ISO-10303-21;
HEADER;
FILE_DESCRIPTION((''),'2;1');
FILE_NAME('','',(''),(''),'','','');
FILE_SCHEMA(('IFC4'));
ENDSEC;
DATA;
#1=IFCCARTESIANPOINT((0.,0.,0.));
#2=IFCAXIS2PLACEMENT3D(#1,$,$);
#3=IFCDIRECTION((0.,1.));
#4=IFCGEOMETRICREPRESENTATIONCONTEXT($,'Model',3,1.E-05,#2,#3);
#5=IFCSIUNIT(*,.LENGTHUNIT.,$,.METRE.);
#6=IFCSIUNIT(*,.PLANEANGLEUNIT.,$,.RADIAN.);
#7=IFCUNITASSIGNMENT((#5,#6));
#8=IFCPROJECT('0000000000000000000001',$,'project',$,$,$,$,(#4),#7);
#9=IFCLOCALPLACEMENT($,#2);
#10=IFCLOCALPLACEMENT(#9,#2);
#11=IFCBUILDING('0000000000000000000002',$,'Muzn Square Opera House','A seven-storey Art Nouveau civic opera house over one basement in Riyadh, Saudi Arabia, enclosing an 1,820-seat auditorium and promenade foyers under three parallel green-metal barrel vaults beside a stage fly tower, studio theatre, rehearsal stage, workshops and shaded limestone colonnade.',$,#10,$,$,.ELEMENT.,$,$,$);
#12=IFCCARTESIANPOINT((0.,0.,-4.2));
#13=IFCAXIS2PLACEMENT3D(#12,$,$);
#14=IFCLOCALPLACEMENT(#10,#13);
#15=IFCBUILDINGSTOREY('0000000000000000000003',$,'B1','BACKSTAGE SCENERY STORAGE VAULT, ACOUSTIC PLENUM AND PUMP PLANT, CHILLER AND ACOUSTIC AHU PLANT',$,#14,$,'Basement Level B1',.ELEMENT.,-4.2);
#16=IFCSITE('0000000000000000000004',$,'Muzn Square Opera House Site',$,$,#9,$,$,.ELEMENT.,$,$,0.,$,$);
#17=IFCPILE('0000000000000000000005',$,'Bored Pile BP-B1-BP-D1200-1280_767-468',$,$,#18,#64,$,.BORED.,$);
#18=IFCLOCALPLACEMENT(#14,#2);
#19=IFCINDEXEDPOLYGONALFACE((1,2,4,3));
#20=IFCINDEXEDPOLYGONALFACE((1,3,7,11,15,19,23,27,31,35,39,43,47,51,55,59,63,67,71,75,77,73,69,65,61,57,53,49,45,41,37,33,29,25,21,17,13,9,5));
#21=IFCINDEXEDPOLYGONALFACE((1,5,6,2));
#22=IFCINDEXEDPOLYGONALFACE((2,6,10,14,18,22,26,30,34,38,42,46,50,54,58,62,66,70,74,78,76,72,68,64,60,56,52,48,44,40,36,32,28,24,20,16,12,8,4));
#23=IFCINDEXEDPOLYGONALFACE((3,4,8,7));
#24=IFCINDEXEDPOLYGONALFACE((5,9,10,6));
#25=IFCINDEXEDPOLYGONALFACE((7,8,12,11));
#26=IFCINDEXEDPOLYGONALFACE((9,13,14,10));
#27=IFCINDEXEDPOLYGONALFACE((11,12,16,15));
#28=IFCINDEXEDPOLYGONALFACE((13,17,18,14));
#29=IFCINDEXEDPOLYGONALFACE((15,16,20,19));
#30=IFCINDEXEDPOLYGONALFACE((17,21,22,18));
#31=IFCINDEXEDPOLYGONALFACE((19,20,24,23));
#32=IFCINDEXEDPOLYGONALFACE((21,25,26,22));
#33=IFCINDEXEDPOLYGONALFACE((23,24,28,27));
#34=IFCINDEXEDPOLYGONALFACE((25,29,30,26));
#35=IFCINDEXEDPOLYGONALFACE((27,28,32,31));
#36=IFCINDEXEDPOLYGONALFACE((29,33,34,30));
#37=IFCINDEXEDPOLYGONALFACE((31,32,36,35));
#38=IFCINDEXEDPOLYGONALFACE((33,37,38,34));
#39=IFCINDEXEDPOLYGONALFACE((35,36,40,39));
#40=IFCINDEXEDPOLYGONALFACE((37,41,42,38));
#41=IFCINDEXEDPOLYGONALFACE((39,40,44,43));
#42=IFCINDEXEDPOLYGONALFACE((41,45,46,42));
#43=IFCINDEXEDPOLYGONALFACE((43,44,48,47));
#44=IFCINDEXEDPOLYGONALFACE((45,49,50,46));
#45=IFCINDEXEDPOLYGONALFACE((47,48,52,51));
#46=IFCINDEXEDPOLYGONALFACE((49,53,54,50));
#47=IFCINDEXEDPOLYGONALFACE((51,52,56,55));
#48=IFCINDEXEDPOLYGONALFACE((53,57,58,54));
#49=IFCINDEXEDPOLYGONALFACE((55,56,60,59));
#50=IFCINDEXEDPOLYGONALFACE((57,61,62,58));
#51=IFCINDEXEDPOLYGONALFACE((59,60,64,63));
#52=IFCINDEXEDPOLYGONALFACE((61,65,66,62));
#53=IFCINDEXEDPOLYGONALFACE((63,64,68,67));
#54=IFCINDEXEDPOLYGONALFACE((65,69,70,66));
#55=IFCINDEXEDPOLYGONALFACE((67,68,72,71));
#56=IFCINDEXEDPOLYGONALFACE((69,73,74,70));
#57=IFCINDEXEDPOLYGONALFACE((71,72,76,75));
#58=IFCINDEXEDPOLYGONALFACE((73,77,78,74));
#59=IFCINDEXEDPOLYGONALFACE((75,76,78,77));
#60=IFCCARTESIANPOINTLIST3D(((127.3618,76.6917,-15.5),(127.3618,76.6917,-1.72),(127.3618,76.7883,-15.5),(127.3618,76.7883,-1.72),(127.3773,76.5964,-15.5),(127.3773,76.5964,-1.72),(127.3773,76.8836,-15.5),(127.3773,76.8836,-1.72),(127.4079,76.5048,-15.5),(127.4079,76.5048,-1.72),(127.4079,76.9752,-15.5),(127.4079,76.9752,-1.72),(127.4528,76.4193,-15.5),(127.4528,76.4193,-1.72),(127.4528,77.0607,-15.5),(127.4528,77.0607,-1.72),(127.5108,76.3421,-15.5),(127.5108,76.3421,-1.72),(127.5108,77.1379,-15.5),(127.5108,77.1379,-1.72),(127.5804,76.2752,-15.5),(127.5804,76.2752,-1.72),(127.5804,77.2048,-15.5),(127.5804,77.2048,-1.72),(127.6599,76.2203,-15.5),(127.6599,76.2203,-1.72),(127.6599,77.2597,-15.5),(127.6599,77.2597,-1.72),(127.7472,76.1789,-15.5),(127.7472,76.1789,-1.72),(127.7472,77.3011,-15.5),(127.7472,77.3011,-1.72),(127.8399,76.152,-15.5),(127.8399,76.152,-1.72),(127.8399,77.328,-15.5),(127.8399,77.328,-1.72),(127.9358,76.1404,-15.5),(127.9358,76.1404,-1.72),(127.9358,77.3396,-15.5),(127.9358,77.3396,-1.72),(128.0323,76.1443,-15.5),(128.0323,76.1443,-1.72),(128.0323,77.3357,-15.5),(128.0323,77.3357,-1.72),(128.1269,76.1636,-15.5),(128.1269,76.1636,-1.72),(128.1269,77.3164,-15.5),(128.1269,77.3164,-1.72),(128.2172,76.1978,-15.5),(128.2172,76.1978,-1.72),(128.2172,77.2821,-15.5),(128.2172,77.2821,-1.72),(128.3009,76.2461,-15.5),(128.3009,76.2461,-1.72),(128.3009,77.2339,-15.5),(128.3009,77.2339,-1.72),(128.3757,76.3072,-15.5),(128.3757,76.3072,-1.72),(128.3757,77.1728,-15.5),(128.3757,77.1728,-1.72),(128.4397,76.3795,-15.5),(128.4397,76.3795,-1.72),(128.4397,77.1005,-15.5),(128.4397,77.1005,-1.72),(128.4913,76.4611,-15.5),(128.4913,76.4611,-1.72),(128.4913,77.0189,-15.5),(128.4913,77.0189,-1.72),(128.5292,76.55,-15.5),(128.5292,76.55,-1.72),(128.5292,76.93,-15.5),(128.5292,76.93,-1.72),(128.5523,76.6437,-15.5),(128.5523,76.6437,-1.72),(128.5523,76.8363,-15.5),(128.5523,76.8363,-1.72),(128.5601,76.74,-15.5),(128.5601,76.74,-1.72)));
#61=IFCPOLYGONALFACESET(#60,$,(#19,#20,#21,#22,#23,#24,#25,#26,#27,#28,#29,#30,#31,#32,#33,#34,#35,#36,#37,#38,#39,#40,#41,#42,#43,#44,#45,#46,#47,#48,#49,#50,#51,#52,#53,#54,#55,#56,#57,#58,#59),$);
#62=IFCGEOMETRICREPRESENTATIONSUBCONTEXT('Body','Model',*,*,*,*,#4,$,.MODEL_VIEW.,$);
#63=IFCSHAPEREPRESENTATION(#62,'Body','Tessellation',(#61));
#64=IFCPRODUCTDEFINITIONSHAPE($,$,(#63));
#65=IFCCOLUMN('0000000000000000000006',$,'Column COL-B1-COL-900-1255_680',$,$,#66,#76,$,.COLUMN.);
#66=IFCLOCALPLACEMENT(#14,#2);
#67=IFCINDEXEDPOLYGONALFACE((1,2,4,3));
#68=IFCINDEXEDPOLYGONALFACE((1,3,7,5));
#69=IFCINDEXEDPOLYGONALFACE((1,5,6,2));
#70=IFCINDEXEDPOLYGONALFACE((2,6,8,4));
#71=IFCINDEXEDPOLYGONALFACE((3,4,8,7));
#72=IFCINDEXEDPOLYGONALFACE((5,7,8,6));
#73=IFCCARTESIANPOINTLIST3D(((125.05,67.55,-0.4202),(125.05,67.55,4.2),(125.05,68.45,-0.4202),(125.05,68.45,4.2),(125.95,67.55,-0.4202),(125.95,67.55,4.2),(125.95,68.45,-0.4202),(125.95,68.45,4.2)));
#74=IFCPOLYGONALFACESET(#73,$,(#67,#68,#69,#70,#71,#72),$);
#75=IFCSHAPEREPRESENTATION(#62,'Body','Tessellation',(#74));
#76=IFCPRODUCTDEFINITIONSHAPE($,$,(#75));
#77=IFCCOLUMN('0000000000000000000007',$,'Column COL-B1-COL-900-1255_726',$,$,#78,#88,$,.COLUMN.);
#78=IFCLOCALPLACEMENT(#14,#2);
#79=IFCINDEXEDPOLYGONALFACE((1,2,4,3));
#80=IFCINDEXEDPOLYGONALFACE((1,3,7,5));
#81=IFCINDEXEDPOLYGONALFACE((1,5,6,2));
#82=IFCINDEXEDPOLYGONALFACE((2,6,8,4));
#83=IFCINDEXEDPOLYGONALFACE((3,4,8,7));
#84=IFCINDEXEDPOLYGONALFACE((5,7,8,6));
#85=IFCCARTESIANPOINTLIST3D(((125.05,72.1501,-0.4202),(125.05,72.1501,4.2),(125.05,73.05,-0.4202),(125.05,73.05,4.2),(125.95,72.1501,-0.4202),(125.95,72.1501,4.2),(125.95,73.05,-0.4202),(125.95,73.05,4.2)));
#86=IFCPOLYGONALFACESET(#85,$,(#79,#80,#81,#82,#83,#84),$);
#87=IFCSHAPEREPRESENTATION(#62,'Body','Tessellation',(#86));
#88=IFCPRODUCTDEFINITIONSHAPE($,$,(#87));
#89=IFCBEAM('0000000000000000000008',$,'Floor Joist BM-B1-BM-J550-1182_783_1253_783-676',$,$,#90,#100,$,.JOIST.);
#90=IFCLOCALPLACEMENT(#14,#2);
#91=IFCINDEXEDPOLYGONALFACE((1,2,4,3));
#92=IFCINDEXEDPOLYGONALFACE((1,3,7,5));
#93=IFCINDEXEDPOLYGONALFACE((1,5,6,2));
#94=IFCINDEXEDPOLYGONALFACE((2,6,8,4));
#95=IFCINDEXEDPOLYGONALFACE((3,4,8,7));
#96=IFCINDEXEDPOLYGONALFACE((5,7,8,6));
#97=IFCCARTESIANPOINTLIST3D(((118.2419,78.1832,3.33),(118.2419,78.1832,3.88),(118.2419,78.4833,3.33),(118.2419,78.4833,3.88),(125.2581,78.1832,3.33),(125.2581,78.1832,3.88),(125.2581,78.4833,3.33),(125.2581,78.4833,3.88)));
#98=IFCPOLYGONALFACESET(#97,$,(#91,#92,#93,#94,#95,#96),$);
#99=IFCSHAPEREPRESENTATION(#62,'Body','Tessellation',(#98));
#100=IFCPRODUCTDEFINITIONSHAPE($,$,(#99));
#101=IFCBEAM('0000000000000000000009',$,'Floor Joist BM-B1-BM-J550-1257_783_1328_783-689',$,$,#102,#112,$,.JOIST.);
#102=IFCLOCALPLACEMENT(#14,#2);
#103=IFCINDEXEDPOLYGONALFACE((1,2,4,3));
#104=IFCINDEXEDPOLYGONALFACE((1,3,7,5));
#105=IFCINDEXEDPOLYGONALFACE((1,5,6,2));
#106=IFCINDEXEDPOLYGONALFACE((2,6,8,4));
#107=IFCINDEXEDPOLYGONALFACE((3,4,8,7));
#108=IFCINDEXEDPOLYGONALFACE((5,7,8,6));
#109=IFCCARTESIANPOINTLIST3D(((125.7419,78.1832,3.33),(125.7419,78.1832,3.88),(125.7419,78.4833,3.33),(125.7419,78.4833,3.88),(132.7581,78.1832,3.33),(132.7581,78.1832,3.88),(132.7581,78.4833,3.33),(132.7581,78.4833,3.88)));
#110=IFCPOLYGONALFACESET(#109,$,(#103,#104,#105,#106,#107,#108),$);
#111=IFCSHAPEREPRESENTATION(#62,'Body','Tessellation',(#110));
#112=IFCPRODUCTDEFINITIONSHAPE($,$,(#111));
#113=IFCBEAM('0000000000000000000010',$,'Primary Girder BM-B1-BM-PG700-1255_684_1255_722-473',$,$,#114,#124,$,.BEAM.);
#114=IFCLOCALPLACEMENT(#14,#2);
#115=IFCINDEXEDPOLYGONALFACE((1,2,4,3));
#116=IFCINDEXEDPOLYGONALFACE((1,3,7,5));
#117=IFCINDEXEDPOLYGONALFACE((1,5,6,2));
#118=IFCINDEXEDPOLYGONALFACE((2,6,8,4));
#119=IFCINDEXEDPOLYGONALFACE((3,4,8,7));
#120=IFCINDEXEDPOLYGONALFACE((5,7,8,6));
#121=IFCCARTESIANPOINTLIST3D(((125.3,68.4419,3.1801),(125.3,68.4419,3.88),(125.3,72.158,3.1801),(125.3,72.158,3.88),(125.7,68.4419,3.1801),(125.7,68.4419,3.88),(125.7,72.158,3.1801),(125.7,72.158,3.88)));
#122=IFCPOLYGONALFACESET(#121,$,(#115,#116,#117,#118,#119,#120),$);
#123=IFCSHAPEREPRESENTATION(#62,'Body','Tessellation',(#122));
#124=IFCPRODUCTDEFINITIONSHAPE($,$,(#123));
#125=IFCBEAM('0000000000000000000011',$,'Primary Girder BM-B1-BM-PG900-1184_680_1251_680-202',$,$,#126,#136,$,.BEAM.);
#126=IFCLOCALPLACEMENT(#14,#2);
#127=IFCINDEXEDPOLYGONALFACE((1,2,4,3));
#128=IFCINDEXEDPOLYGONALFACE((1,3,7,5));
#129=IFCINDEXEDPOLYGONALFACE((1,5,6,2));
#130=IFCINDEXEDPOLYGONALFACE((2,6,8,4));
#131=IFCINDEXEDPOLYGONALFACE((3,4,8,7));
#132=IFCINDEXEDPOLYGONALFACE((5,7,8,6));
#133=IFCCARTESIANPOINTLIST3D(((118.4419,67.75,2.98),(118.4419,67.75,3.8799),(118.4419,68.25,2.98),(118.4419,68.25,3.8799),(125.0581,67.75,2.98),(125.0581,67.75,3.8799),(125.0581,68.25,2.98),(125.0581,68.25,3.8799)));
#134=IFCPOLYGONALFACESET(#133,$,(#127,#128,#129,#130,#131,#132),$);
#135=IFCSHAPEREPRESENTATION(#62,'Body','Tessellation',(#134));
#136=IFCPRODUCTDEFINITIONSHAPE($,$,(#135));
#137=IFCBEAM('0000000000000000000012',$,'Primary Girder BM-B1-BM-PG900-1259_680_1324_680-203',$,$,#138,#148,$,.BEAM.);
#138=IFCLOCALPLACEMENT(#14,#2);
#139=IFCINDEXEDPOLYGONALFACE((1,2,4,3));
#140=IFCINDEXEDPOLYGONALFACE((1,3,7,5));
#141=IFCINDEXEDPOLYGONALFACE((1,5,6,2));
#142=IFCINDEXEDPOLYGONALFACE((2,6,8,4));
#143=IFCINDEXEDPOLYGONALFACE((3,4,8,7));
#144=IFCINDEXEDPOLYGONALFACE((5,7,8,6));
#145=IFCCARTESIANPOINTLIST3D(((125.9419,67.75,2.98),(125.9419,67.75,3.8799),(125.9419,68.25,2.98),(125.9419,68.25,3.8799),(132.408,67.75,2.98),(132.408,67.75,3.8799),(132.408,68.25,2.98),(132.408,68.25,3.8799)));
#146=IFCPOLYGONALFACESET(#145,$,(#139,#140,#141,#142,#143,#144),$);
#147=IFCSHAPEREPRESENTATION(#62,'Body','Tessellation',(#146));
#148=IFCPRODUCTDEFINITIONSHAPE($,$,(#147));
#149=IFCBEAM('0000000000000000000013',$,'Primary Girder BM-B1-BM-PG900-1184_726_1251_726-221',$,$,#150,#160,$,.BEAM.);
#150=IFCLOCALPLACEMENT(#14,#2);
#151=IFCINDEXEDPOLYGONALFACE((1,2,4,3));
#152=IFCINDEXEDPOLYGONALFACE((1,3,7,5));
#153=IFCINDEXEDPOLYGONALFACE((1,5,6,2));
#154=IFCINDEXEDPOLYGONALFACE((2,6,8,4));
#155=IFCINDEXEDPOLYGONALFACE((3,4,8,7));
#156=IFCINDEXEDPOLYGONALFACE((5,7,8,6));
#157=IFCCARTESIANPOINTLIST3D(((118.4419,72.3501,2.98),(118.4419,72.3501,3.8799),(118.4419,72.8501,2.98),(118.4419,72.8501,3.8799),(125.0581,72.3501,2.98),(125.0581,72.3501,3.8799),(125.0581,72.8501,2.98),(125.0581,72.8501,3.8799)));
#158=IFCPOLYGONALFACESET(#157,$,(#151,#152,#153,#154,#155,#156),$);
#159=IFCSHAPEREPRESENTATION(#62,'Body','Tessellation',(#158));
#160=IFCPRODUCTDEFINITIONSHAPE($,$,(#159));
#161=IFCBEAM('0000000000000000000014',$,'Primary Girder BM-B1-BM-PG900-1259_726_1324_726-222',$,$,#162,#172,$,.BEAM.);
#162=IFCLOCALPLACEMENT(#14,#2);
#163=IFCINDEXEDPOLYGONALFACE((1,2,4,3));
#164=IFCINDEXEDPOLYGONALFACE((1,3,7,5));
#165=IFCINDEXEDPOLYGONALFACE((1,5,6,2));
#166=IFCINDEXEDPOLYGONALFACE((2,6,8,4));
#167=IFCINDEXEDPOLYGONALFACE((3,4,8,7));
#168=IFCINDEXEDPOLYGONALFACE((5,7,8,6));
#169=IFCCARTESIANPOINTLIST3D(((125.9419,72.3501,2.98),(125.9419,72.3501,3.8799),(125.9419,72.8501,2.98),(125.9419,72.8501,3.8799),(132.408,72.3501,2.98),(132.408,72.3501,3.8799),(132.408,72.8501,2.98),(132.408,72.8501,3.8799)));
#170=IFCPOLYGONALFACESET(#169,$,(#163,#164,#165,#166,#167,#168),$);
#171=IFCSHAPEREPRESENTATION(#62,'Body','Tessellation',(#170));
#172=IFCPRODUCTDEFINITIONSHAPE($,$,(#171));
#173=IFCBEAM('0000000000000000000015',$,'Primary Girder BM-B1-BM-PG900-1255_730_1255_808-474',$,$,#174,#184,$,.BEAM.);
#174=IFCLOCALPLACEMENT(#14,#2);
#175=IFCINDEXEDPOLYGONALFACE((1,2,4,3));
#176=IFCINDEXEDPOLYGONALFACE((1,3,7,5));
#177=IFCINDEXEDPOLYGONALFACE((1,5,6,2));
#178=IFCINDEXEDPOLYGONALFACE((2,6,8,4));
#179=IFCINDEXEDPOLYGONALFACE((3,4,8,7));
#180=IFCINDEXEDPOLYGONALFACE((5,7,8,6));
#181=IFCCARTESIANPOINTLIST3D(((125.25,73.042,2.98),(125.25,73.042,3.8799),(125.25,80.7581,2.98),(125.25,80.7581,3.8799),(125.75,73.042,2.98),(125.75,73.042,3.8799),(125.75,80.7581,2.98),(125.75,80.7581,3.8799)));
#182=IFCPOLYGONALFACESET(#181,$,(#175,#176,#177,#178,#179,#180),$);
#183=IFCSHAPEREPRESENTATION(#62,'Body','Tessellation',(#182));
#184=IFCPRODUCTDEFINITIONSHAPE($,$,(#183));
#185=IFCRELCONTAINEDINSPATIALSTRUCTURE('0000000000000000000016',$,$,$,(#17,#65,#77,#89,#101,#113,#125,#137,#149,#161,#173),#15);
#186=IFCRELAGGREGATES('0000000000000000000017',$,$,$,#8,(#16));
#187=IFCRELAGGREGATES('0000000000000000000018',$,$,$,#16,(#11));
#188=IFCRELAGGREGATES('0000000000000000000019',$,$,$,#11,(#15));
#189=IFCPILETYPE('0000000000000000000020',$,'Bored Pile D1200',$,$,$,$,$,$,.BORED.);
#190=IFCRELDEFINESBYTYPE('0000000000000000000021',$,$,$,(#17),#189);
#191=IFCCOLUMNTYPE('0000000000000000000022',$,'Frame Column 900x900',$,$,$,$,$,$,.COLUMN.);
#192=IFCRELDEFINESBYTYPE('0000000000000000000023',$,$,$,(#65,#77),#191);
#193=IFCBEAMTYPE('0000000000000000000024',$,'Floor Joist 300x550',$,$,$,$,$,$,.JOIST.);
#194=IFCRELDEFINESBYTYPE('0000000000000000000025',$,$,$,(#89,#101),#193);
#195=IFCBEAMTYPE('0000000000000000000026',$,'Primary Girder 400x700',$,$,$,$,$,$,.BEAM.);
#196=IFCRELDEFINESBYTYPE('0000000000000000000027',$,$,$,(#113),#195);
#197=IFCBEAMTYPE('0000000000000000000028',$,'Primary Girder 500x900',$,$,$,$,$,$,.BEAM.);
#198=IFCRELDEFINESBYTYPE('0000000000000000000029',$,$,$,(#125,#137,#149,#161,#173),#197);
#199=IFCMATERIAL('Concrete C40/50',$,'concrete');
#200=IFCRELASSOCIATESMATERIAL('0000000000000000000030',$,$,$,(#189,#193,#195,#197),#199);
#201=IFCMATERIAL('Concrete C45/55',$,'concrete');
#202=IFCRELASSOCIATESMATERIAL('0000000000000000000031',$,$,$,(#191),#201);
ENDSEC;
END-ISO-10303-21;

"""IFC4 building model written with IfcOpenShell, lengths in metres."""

from ifc_helpers import new_model, si_unit, direction, frame, origin, origin_2d, place, context, subcontext, project, spatial, rectangle, circle, extrude, material, material_profile, profile_set, type_object, element, save


model = new_model("IFC4")

# Units and contexts
model_context = context("Model", 3, precision=1e-05, world=origin(), true_north=direction((0.0, 1.0)))
body_context = subcontext(model_context, "Body", "Model", "MODEL_VIEW")
ifc_project = project(units=[si_unit("LENGTHUNIT", "METRE"), si_unit("PLANEANGLEUNIT", "RADIAN")], contexts=[model_context])

# Site, building, storey
site_placement = place(None, origin())
site = spatial("IfcSite", under=ifc_project, at=site_placement, Name="Muzn Square Opera House Site", CompositionType="ELEMENT", RefElevation=0.0)
building_placement = place(site_placement, origin())
building = spatial("IfcBuilding", under=site, at=building_placement, Name="Muzn Square Opera House", Description="A seven-storey Art Nouveau civic opera house over one basement in Riyadh, Saudi Arabia, enclosing an 1,820-seat auditorium and promenade foyers under three parallel green-metal barrel vaults beside a stage fly tower, studio theatre, rehearsal stage, workshops and shaded limestone colonnade.", CompositionType="ELEMENT")
storey_placement = place(building_placement, frame((0.0, 0.0, -4.2)))
storey = spatial("IfcBuildingStorey", under=building, at=storey_placement, Name="B1", Description="BACKSTAGE SCENERY STORAGE VAULT, ACOUSTIC PLENUM AND PUMP PLANT, CHILLER AND ACOUSTIC AHU PLANT", LongName="Basement Level B1", CompositionType="ELEMENT", Elevation=-4.2)

# Pile
ifc_material_1 = material(Name="Concrete C40/50", Category="concrete")
ifc_material_profile_1 = material_profile(ifc_material_1, circle(Radius=0.6001, at=origin_2d()), Name="BORED PILE D1200", Category="concrete")
ifc_profile_set_1 = profile_set([ifc_material_profile_1], Name="Concrete C40/50")
pile_type = type_object("IfcPileType", Name="Bored Pile D1200", PredefinedType="BORED", material=ifc_profile_set_1)
for number, where, z_axis, x_axis, name in (
    (1, (127.96, 76.74, -1.72), (0.0, 0.0, -1.0), (1.0, 0.0, 0.0), "Bored Pile BP-B1-BP-D1200-1280_767-468"),
):
    element("IfcPile", number, at=place(storey_placement, frame(where, z_axis=z_axis, x_axis=x_axis)), inside=storey, type_object=pile_type, Name=name, PredefinedType="BORED", context=body_context, shape_type="SweptSolid", body=[
        extrude(circle(Radius=0.6001, at=origin_2d()), origin(), (0.0, 0.0, 1.0), 13.78),
    ])

# Columns
ifc_material_2 = material(Name="Concrete C45/55", Category="concrete")
ifc_material_profile_2 = material_profile(ifc_material_2, rectangle(XDim=0.8999, YDim=0.8999, at=origin_2d()), Name="RC 900x900", Category="concrete")
ifc_profile_set_2 = profile_set([ifc_material_profile_2], Name="Concrete C45/55")
column_type = type_object("IfcColumnType", Name="Frame Column 900x900", PredefinedType="COLUMN", material=ifc_profile_set_2)
for number, where, z_axis, x_axis, name in (
    (2, (125.5, 68.0, -0.4202), (0.0, 0.0, 1.0), (1.0, 0.0, 0.0), "Column COL-B1-COL-900-1255_680"),
    (3, (125.5, 72.6001, -0.4202), (0.0, 0.0, 1.0), (1.0, 0.0, 0.0), "Column COL-B1-COL-900-1255_726"),
):
    element("IfcColumn", number, at=place(storey_placement, frame(where, z_axis=z_axis, x_axis=x_axis)), inside=storey, type_object=column_type, Name=name, PredefinedType="COLUMN", context=body_context, shape_type="SweptSolid", body=[
        extrude(rectangle(XDim=0.8999, YDim=0.8999, at=origin_2d()), origin(), (0.0, 0.0, 1.0), 4.6201),
    ])

# Beams
ifc_material_profile_3 = material_profile(ifc_material_1, rectangle(XDim=0.3, YDim=0.55, at=origin_2d()), Name="RCJ 300x550", Category="concrete")
ifc_profile_set_3 = profile_set([ifc_material_profile_3], Name="Concrete C40/50")
beam_type_1 = type_object("IfcBeamType", Name="Floor Joist 300x550", PredefinedType="JOIST", material=ifc_profile_set_3)
for number, where, z_axis, x_axis, name in (
    (4, (118.2419, 78.3333, 3.605), (1.0, 0.0, 0.0), (0.0, 1.0, 0.0), "Floor Joist BM-B1-BM-J550-1182_783_1253_783-676"),
    (5, (125.7419, 78.3333, 3.605), (1.0, 0.0, 0.0), (0.0, 1.0, 0.0), "Floor Joist BM-B1-BM-J550-1257_783_1328_783-689"),
):
    element("IfcBeam", number, at=place(storey_placement, frame(where, z_axis=z_axis, x_axis=x_axis)), inside=storey, type_object=beam_type_1, Name=name, PredefinedType="JOIST", context=body_context, shape_type="SweptSolid", body=[
        extrude(rectangle(XDim=0.3, YDim=0.55, at=origin_2d()), origin(), (0.0, 0.0, 1.0), 7.0161),
    ])
ifc_material_profile_4 = material_profile(ifc_material_1, rectangle(XDim=0.3999, YDim=0.7, at=origin_2d()), Name="RCB 400x700", Category="concrete")
ifc_profile_set_4 = profile_set([ifc_material_profile_4], Name="Concrete C40/50")
beam_type_2 = type_object("IfcBeamType", Name="Primary Girder 400x700", PredefinedType="BEAM", material=ifc_profile_set_4)
beam_1_placement = place(storey_placement, frame((125.5, 68.4419, 3.53), z_axis=(0.0, 1.0, 0.0), x_axis=(-1.0, 0.0, 0.0)))
element("IfcBeam", 6, at=beam_1_placement, inside=storey, type_object=beam_type_2, Name="Primary Girder BM-B1-BM-PG700-1255_684_1255_722-473", PredefinedType="BEAM", context=body_context, shape_type="SweptSolid", body=[
    extrude(rectangle(XDim=0.3999, YDim=0.7, at=origin_2d()), origin(), (0.0, 0.0, 1.0), 3.7161),
])
ifc_material_profile_5 = material_profile(ifc_material_1, rectangle(XDim=0.5, YDim=0.8999, at=origin_2d()), Name="RCB 500x900", Category="concrete")
ifc_profile_set_5 = profile_set([ifc_material_profile_5], Name="Concrete C40/50")
beam_type_3 = type_object("IfcBeamType", Name="Primary Girder 500x900", PredefinedType="BEAM", material=ifc_profile_set_5)
beam_2_placement = place(storey_placement, frame((118.4419, 68.0, 3.4299), z_axis=(1.0, 0.0, 0.0), x_axis=(0.0, 1.0, 0.0)))
element("IfcBeam", 7, at=beam_2_placement, inside=storey, type_object=beam_type_3, Name="Primary Girder BM-B1-BM-PG900-1184_680_1251_680-202", PredefinedType="BEAM", context=body_context, shape_type="SweptSolid", body=[
    extrude(rectangle(XDim=0.5, YDim=0.8999, at=origin_2d()), origin(), (0.0, 0.0, 1.0), 6.6162),
])
beam_3_placement = place(storey_placement, frame((125.9419, 68.0, 3.4299), z_axis=(1.0, 0.0, 0.0), x_axis=(0.0, 1.0, 0.0)))
element("IfcBeam", 8, at=beam_3_placement, inside=storey, type_object=beam_type_3, Name="Primary Girder BM-B1-BM-PG900-1259_680_1324_680-203", PredefinedType="BEAM", context=body_context, shape_type="SweptSolid", body=[
    extrude(rectangle(XDim=0.5, YDim=0.8999, at=origin_2d()), origin(), (0.0, 0.0, 1.0), 6.4661),
])
beam_4_placement = place(storey_placement, frame((118.4419, 72.6001, 3.4299), z_axis=(1.0, 0.0, 0.0), x_axis=(0.0, 1.0, 0.0)))
element("IfcBeam", 9, at=beam_4_placement, inside=storey, type_object=beam_type_3, Name="Primary Girder BM-B1-BM-PG900-1184_726_1251_726-221", PredefinedType="BEAM", context=body_context, shape_type="SweptSolid", body=[
    extrude(rectangle(XDim=0.5, YDim=0.8999, at=origin_2d()), origin(), (0.0, 0.0, 1.0), 6.6162),
])
beam_5_placement = place(storey_placement, frame((125.9419, 72.6001, 3.4299), z_axis=(1.0, 0.0, 0.0), x_axis=(0.0, 1.0, 0.0)))
element("IfcBeam", 10, at=beam_5_placement, inside=storey, type_object=beam_type_3, Name="Primary Girder BM-B1-BM-PG900-1259_726_1324_726-222", PredefinedType="BEAM", context=body_context, shape_type="SweptSolid", body=[
    extrude(rectangle(XDim=0.5, YDim=0.8999, at=origin_2d()), origin(), (0.0, 0.0, 1.0), 6.4661),
])
beam_6_placement = place(storey_placement, frame((125.5, 73.042, 3.4299), z_axis=(0.0, 1.0, 0.0), x_axis=(-1.0, 0.0, 0.0)))
element("IfcBeam", 11, at=beam_6_placement, inside=storey, type_object=beam_type_3, Name="Primary Girder BM-B1-BM-PG900-1255_730_1255_808-474", PredefinedType="BEAM", context=body_context, shape_type="SweptSolid", body=[
    extrude(rectangle(XDim=0.5, YDim=0.8999, at=origin_2d()), origin(), (0.0, 0.0, 1.0), 7.7161),
])

save(model, "model.ifc")
